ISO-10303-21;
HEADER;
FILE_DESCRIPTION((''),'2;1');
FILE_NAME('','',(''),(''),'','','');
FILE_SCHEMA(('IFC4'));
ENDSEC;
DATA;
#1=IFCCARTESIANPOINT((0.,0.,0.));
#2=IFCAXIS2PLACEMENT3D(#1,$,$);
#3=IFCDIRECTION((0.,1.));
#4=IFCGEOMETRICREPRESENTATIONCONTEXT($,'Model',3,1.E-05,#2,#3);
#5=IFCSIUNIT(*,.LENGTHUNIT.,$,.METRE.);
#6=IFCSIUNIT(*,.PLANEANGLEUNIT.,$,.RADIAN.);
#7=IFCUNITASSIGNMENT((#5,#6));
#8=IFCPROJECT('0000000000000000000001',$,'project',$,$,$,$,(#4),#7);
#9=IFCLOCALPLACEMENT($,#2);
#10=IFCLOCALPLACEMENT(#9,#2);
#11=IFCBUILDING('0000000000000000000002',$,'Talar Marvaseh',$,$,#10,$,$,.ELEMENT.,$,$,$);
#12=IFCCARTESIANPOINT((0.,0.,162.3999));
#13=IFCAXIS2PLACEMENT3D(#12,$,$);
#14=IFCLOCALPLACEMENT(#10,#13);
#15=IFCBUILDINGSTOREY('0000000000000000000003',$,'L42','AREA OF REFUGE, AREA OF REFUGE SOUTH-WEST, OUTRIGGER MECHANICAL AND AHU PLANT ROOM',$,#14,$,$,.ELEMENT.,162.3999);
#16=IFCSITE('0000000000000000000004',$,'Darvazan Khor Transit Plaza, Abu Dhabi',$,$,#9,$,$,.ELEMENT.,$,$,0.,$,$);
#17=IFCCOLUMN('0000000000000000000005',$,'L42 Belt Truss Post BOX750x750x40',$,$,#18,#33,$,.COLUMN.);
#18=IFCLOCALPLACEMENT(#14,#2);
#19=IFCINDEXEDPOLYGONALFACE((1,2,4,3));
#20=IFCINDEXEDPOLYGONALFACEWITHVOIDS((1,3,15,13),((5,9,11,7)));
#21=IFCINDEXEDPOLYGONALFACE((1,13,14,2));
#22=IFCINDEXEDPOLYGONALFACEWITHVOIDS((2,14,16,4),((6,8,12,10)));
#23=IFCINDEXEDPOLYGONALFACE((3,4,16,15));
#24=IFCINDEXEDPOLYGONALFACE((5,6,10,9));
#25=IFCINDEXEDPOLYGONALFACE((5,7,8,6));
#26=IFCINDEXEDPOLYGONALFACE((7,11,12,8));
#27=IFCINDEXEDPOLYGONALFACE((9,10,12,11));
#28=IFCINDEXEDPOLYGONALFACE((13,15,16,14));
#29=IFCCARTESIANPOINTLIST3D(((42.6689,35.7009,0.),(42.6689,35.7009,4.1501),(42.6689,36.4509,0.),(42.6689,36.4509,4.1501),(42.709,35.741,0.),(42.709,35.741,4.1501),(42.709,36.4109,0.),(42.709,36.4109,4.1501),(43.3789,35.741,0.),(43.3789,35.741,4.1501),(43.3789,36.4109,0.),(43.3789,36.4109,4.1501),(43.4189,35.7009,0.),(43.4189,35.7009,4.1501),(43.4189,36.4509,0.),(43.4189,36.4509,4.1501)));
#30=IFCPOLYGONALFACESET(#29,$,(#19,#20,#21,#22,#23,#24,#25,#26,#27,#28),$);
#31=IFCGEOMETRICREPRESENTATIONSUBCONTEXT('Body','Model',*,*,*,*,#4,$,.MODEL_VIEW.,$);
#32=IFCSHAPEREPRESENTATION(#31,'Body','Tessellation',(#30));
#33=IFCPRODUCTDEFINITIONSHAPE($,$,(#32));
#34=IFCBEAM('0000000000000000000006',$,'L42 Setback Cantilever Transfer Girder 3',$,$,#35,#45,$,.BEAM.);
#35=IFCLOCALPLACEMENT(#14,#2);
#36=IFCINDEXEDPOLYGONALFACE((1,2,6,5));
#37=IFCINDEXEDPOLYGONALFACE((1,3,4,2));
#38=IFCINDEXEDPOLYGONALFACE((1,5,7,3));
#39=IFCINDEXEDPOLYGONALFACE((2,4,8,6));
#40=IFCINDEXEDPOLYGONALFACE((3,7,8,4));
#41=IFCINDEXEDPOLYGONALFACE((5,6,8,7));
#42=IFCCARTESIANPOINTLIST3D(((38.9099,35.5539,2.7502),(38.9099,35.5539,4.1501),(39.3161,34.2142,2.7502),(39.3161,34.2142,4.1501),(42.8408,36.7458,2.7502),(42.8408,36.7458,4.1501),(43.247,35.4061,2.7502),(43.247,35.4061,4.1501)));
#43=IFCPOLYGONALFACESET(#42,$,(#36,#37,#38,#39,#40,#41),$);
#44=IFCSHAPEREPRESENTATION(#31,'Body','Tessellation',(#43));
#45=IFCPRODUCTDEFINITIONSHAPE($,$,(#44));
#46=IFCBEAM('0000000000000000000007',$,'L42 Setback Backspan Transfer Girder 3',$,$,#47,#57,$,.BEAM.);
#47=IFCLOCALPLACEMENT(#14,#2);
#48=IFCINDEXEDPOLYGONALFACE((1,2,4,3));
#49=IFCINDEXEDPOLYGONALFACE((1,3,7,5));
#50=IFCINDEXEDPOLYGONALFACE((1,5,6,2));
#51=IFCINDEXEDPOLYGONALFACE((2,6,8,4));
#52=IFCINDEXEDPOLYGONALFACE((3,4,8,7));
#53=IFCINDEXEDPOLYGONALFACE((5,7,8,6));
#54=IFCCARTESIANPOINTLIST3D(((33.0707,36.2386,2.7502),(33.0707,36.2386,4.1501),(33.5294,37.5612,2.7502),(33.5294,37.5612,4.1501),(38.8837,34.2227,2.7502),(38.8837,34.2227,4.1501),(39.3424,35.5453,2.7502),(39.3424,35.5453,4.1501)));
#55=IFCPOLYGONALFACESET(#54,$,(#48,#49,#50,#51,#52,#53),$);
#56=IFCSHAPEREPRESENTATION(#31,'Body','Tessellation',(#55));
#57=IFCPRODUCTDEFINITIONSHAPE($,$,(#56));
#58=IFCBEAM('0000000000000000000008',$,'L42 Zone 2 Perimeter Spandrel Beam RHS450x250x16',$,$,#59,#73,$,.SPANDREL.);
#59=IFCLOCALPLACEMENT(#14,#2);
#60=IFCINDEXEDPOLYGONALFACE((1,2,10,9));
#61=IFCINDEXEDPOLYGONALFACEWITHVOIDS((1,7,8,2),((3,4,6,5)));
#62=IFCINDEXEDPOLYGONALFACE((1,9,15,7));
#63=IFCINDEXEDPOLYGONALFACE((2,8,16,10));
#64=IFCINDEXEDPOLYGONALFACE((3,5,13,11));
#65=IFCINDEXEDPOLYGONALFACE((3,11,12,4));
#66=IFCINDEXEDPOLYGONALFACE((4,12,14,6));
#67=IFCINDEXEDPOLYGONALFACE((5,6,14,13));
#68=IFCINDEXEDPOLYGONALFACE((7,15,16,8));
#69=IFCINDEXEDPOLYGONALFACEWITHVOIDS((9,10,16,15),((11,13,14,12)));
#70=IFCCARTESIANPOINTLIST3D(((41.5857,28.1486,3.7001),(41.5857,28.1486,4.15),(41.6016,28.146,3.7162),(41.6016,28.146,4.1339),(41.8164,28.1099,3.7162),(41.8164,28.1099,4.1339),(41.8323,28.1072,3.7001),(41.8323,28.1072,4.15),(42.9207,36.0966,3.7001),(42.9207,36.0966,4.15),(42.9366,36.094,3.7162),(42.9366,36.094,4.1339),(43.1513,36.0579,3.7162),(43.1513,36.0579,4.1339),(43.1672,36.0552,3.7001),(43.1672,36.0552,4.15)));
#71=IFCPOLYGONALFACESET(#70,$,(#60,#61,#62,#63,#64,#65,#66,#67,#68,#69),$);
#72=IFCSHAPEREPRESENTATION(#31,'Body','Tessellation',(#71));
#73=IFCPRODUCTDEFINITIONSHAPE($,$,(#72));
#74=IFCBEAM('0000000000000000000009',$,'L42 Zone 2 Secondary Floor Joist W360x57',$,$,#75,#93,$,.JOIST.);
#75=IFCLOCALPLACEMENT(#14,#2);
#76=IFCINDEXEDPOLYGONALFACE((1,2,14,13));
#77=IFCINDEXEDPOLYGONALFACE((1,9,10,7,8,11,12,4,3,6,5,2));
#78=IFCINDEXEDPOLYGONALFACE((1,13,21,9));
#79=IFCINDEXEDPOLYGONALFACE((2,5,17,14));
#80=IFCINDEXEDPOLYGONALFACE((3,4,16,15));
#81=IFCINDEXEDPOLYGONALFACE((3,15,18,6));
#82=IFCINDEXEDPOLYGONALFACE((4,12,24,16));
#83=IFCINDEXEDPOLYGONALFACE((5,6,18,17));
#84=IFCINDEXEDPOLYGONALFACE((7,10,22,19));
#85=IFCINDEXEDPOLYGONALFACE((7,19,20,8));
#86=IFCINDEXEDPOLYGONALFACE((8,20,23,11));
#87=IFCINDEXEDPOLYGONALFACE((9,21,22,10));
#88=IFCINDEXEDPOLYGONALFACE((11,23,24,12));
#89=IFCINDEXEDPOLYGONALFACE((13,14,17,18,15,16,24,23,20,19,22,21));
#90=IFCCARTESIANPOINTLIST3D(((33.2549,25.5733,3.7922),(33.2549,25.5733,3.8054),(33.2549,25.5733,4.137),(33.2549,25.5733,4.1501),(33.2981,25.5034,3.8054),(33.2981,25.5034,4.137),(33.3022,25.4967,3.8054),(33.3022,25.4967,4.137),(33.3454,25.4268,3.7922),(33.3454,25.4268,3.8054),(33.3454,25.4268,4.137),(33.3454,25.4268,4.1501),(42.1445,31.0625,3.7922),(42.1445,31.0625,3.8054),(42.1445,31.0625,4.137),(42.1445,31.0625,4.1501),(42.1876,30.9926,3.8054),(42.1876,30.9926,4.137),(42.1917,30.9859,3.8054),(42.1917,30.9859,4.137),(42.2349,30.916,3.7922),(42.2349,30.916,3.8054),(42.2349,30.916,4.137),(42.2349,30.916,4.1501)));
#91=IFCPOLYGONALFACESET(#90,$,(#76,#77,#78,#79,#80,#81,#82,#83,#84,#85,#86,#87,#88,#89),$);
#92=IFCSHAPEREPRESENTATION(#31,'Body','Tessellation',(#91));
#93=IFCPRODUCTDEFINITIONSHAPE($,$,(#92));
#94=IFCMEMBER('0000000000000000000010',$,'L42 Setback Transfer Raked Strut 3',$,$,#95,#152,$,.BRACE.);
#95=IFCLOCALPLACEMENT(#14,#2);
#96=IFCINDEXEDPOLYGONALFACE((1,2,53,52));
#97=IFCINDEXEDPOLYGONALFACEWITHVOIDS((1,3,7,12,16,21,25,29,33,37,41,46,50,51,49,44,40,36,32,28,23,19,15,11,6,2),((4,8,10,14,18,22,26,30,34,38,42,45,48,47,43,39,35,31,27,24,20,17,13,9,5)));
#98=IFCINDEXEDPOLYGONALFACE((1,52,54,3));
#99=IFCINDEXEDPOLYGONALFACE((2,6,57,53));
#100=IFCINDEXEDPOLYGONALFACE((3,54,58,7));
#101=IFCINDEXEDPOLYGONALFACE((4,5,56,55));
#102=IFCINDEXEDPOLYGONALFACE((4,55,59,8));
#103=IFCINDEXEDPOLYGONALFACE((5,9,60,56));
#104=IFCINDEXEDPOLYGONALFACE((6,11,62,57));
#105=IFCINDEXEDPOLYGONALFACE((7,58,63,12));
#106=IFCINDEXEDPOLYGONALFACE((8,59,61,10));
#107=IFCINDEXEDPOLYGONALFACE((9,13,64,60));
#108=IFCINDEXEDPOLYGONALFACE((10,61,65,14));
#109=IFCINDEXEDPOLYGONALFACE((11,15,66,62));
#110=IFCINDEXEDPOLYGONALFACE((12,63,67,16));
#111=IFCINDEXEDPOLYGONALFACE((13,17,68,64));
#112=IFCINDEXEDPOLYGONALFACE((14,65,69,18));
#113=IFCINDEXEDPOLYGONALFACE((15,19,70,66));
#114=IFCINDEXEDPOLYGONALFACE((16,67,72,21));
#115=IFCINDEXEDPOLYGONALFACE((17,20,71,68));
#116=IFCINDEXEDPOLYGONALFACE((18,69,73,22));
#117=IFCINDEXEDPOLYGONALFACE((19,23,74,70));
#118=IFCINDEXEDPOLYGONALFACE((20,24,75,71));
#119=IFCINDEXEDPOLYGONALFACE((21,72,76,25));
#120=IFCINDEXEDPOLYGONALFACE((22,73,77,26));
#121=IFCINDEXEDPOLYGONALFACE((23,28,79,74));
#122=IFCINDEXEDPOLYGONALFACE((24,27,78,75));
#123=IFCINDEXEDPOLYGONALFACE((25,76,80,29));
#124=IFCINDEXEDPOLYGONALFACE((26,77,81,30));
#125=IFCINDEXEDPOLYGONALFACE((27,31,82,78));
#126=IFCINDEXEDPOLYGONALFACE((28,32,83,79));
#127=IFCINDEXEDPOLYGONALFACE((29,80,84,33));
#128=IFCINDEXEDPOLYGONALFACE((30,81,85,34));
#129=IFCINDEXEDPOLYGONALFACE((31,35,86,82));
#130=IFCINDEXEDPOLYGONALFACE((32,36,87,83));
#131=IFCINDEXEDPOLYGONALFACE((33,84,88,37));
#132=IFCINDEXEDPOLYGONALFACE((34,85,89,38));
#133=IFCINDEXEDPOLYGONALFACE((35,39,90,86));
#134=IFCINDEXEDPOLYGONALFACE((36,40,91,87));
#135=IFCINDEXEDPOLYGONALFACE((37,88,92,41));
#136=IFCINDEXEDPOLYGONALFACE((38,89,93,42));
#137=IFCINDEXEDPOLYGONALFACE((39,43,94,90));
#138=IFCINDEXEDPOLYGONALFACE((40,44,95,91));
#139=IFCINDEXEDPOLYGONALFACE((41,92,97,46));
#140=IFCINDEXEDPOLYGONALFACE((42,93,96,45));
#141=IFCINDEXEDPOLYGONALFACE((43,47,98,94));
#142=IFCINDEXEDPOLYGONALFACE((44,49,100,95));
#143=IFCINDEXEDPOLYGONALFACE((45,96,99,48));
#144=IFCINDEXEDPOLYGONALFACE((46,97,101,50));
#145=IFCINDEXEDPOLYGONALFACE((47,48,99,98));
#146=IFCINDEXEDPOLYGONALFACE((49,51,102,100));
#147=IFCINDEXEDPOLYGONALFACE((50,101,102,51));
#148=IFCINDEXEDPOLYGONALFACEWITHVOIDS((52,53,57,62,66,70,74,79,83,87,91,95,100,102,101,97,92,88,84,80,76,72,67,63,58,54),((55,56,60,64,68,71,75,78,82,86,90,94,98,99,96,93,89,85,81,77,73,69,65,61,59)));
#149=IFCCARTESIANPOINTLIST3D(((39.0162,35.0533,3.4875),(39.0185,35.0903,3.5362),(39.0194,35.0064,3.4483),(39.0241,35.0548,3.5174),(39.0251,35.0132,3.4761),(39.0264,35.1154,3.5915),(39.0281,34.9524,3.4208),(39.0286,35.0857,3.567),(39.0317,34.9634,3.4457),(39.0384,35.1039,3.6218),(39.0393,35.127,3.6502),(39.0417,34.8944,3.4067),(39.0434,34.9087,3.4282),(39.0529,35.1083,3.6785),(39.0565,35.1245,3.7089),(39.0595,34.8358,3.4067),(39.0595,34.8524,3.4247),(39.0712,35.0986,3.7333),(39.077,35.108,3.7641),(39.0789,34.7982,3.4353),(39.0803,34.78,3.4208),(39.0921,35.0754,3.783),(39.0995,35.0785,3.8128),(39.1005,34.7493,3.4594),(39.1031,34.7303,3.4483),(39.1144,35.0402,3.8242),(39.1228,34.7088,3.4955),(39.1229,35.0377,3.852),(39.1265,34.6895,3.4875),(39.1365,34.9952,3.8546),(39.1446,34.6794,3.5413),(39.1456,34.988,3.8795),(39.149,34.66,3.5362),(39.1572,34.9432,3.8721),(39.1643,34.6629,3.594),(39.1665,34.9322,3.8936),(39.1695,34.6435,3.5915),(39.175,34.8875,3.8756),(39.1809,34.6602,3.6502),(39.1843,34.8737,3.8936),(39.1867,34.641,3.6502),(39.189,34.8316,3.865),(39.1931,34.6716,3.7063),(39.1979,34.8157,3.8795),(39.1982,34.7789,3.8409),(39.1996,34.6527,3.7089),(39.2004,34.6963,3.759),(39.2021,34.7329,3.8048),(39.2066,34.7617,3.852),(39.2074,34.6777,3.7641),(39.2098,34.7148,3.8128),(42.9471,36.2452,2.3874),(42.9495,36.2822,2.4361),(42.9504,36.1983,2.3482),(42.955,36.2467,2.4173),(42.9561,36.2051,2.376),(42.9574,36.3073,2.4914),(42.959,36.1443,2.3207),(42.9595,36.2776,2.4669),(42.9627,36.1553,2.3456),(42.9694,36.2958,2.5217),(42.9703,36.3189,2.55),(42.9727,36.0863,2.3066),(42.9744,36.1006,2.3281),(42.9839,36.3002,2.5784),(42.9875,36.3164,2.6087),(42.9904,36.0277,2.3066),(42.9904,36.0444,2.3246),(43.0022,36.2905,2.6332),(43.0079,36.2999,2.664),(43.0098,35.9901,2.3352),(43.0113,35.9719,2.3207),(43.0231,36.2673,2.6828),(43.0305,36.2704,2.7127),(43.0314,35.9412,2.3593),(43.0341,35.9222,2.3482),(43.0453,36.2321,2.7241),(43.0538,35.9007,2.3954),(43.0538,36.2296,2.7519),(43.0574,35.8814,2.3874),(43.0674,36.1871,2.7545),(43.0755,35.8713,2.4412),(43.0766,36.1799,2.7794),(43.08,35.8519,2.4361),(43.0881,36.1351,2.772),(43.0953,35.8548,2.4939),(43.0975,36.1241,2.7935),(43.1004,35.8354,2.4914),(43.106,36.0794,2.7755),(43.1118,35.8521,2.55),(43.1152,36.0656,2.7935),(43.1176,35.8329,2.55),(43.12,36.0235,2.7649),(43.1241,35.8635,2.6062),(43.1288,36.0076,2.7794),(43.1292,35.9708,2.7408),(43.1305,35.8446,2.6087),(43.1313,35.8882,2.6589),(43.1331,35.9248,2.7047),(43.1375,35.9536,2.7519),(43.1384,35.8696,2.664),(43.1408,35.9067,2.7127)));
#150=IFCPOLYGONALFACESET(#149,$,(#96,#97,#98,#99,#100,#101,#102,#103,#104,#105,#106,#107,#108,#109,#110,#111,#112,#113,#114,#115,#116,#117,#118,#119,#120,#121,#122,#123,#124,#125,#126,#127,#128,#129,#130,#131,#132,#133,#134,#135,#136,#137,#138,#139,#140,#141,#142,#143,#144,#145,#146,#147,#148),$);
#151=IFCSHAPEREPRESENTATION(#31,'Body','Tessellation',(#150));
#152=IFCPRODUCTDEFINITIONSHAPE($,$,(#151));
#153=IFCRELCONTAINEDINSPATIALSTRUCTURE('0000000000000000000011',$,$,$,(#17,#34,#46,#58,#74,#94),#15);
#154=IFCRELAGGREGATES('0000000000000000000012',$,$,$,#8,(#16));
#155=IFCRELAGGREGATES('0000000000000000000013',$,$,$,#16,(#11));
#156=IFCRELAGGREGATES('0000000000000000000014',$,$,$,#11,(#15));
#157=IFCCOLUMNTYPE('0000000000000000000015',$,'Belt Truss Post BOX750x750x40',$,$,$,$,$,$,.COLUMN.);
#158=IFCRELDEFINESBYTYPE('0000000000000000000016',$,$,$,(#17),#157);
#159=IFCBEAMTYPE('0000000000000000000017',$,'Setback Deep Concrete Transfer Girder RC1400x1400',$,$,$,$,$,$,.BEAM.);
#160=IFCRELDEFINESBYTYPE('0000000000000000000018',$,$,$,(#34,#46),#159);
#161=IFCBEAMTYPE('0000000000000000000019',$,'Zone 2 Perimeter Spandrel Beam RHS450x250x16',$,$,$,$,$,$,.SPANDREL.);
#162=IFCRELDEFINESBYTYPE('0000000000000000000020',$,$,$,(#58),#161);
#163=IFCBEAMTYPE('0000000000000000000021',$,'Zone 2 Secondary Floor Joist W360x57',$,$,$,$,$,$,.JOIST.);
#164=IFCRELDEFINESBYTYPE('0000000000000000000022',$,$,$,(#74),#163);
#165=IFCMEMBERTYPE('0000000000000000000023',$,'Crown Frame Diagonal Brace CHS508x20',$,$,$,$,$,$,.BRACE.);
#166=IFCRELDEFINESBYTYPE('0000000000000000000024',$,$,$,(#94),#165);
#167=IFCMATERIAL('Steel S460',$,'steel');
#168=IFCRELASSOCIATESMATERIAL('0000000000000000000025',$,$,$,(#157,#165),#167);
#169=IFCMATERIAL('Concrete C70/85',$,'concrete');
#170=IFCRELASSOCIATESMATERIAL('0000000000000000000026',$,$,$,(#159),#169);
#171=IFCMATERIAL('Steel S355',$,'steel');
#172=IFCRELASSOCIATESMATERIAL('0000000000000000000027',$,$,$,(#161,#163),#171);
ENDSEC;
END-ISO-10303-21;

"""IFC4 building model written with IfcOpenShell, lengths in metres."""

from ifc_helpers import new_model, si_unit, direction, frame, origin, origin_2d, place, context, subcontext, project, spatial, rectangle, hollow_rectangle, hollow_circle, i_section, extrude, source, transform, mapped, material, material_profile, profile_set, type_object, type_shapes, element, save


model = new_model("IFC4")

# Units and contexts
model_context = context("Model", 3, precision=1e-05, world=origin(), true_north=direction((0.0, 1.0)))
body_context = subcontext(model_context, "Body", "Model", "MODEL_VIEW")
ifc_project = project(units=[si_unit("LENGTHUNIT", "METRE"), si_unit("PLANEANGLEUNIT", "RADIAN")], contexts=[model_context])

# Site, building, storey
site_placement = place(None, origin())
site = spatial("IfcSite", under=ifc_project, at=site_placement, Name="Darvazan Khor Transit Plaza, Abu Dhabi", CompositionType="ELEMENT", RefElevation=0.0)
building_placement = place(site_placement, origin())
building = spatial("IfcBuilding", under=site, at=building_placement, Name="Talar Marvaseh", CompositionType="ELEMENT")
storey_placement = place(building_placement, frame((0.0, 0.0, 162.3999)))
storey = spatial("IfcBuildingStorey", under=building, at=storey_placement, Name="L42", Description="AREA OF REFUGE, AREA OF REFUGE SOUTH-WEST, OUTRIGGER MECHANICAL AND AHU PLANT ROOM", CompositionType="ELEMENT", Elevation=162.3999)

# Column
ifc_material_1 = material(Name="Steel S460", Category="steel")
ifc_material_profile_1 = material_profile(ifc_material_1, hollow_rectangle(XDim=0.75, YDim=0.75, WallThickness=0.04, at=origin_2d()), Name="BOX750x750x40")
ifc_profile_set_1 = profile_set([ifc_material_profile_1], Name="Steel S460")
column_type = type_object("IfcColumnType", Name="Belt Truss Post BOX750x750x40", PredefinedType="COLUMN", material=ifc_profile_set_1)
column_placement = place(storey_placement, frame((43.0439, 36.0759, 0.0), z_axis=(0.0, 0.0, 1.0), x_axis=(1.0, 0.0, 0.0)))
element("IfcColumn", 1, at=column_placement, inside=storey, type_object=column_type, Name="L42 Belt Truss Post BOX750x750x40", PredefinedType="COLUMN", context=body_context, shape_type="SweptSolid", body=[
    extrude(hollow_rectangle(XDim=0.75, YDim=0.75, WallThickness=0.04, at=origin_2d()), origin(), (0.0, 0.0, 1.0), 4.1501),
])

# Beams
ifc_material_2 = material(Name="Concrete C70/85", Category="concrete")
ifc_material_profile_2 = material_profile(ifc_material_2, rectangle(XDim=1.3999, YDim=1.3999, at=origin_2d()), Name="RC1400x1400")
ifc_profile_set_2 = profile_set([ifc_material_profile_2], Name="Concrete C70/85")
beam_type_1 = type_object("IfcBeamType", Name="Setback Deep Concrete Transfer Girder RC1400x1400", PredefinedType="BEAM", material=ifc_profile_set_2)
beam_1_placement = place(storey_placement, frame((43.0439, 36.0759, 3.4502), z_axis=(-0.956976, -0.290166, 0.0), x_axis=(0.290166, -0.956976, 0.0)))
element("IfcBeam", 2, at=beam_1_placement, inside=storey, type_object=beam_type_1, Name="L42 Setback Cantilever Transfer Girder 3", PredefinedType="BEAM", context=body_context, shape_type="SweptSolid", body=[
    extrude(rectangle(XDim=1.3999, YDim=1.3999, at=origin_2d()), origin(), (0.0, 0.0, 1.0), 4.1077),
])
beam_2_placement = place(storey_placement, frame((39.113, 34.884, 3.4502), z_axis=(-0.944801, 0.327645, 0.0), x_axis=(-0.327645, -0.944801, 0.0)))
element("IfcBeam", 3, at=beam_2_placement, inside=storey, type_object=beam_type_1, Name="L42 Setback Backspan Transfer Girder 3", PredefinedType="BEAM", context=body_context, shape_type="SweptSolid", body=[
    extrude(rectangle(XDim=1.3999, YDim=1.3999, at=origin_2d()), origin(), (0.0, 0.0, 1.0), 6.1526),
])
ifc_material_3 = material(Name="Steel S355", Category="steel")
ifc_material_profile_3 = material_profile(ifc_material_3, hollow_rectangle(XDim=0.25, YDim=0.45, WallThickness=0.0161, at=origin_2d()), Name="RHS450x250x16")
ifc_profile_set_3 = profile_set([ifc_material_profile_3], Name="Steel S355")
beam_type_2 = type_object("IfcBeamType", Name="Zone 2 Perimeter Spandrel Beam RHS450x250x16", PredefinedType="SPANDREL", material=ifc_profile_set_3)
beam_3_placement = place(storey_placement, frame((43.0439, 36.0759, 3.925), z_axis=(-0.165642, -0.986186, 0.0), x_axis=(0.986186, -0.165642, 0.0)))
element("IfcBeam", 4, at=beam_3_placement, inside=storey, type_object=beam_type_2, Name="L42 Zone 2 Perimeter Spandrel Beam RHS450x250x16", PredefinedType="SPANDREL", context=body_context, shape_type="SweptSolid", body=[
    extrude(hollow_rectangle(XDim=0.25, YDim=0.45, WallThickness=0.0161, at=origin_2d()), origin(), (0.0, 0.0, 1.0), 8.0593),
])
ifc_material_profile_4 = material_profile(ifc_material_3, i_section(OverallWidth=0.1721, OverallDepth=0.3579, WebThickness=0.0078, FlangeThickness=0.0132, at=origin_2d()), Name="W360x57")
ifc_profile_set_4 = profile_set([ifc_material_profile_4], Name="Steel S355")
beam_type_3 = type_object("IfcBeamType", Name="Zone 2 Secondary Floor Joist W360x57", PredefinedType="JOIST", material=ifc_profile_set_4)
beam_4_placement = place(storey_placement, frame((42.1897, 30.9893, 3.9712), z_axis=(-0.850858, -0.525395, 0.0), x_axis=(0.525395, -0.850858, 0.0)))
element("IfcBeam", 5, at=beam_4_placement, inside=storey, type_object=beam_type_3, Name="L42 Zone 2 Secondary Floor Joist W360x57", PredefinedType="JOIST", context=body_context, shape_type="SweptSolid", body=[
    extrude(i_section(OverallWidth=0.1721, OverallDepth=0.3579, WebThickness=0.0078, FlangeThickness=0.0132, at=origin_2d()), origin(), (0.0, 0.0, 1.0), 10.4478),
])

# Member
ifc_material_profile_5 = material_profile(ifc_material_1, hollow_circle(Radius=0.2539, WallThickness=0.02, at=origin_2d()), Name="CHS508x20")
ifc_profile_set_5 = profile_set([ifc_material_profile_5], Name="Steel S460")
member_type_1 = type_object("IfcMemberType", Name="Crown Frame Diagonal Brace CHS508x20", PredefinedType="BRACE", material=ifc_profile_set_5)
shared_shape_1 = source(origin(), body_context, "Body", "SweptSolid", [
    extrude(hollow_circle(Radius=0.2539, WallThickness=0.02, at=origin_2d()), origin(), (0.0, 0.0, 1.0), 4.2524),
])
type_shapes(member_type_1, [shared_shape_1])
member_1_placement = place(storey_placement, frame((43.0439, 36.0759, 2.55), z_axis=(-0.924399, -0.280288, 0.258701), x_axis=(0.290166, -0.956976, 0.0)))
element("IfcMember", 6, at=member_1_placement, inside=storey, type_object=member_type_1, Name="L42 Setback Transfer Raked Strut 3", PredefinedType="BRACE", context=body_context, shape_type="MappedRepresentation", body=[
    mapped(shared_shape_1, transform((0.0, 0.0, 0.0), x_axis=(1.0, 0.0, 0.0), y_axis=(0.0, 1.0, 0.0), z_axis=(0.0, 0.0, 1.0), scale=1.0)),
])

save(model, "model.ifc")
